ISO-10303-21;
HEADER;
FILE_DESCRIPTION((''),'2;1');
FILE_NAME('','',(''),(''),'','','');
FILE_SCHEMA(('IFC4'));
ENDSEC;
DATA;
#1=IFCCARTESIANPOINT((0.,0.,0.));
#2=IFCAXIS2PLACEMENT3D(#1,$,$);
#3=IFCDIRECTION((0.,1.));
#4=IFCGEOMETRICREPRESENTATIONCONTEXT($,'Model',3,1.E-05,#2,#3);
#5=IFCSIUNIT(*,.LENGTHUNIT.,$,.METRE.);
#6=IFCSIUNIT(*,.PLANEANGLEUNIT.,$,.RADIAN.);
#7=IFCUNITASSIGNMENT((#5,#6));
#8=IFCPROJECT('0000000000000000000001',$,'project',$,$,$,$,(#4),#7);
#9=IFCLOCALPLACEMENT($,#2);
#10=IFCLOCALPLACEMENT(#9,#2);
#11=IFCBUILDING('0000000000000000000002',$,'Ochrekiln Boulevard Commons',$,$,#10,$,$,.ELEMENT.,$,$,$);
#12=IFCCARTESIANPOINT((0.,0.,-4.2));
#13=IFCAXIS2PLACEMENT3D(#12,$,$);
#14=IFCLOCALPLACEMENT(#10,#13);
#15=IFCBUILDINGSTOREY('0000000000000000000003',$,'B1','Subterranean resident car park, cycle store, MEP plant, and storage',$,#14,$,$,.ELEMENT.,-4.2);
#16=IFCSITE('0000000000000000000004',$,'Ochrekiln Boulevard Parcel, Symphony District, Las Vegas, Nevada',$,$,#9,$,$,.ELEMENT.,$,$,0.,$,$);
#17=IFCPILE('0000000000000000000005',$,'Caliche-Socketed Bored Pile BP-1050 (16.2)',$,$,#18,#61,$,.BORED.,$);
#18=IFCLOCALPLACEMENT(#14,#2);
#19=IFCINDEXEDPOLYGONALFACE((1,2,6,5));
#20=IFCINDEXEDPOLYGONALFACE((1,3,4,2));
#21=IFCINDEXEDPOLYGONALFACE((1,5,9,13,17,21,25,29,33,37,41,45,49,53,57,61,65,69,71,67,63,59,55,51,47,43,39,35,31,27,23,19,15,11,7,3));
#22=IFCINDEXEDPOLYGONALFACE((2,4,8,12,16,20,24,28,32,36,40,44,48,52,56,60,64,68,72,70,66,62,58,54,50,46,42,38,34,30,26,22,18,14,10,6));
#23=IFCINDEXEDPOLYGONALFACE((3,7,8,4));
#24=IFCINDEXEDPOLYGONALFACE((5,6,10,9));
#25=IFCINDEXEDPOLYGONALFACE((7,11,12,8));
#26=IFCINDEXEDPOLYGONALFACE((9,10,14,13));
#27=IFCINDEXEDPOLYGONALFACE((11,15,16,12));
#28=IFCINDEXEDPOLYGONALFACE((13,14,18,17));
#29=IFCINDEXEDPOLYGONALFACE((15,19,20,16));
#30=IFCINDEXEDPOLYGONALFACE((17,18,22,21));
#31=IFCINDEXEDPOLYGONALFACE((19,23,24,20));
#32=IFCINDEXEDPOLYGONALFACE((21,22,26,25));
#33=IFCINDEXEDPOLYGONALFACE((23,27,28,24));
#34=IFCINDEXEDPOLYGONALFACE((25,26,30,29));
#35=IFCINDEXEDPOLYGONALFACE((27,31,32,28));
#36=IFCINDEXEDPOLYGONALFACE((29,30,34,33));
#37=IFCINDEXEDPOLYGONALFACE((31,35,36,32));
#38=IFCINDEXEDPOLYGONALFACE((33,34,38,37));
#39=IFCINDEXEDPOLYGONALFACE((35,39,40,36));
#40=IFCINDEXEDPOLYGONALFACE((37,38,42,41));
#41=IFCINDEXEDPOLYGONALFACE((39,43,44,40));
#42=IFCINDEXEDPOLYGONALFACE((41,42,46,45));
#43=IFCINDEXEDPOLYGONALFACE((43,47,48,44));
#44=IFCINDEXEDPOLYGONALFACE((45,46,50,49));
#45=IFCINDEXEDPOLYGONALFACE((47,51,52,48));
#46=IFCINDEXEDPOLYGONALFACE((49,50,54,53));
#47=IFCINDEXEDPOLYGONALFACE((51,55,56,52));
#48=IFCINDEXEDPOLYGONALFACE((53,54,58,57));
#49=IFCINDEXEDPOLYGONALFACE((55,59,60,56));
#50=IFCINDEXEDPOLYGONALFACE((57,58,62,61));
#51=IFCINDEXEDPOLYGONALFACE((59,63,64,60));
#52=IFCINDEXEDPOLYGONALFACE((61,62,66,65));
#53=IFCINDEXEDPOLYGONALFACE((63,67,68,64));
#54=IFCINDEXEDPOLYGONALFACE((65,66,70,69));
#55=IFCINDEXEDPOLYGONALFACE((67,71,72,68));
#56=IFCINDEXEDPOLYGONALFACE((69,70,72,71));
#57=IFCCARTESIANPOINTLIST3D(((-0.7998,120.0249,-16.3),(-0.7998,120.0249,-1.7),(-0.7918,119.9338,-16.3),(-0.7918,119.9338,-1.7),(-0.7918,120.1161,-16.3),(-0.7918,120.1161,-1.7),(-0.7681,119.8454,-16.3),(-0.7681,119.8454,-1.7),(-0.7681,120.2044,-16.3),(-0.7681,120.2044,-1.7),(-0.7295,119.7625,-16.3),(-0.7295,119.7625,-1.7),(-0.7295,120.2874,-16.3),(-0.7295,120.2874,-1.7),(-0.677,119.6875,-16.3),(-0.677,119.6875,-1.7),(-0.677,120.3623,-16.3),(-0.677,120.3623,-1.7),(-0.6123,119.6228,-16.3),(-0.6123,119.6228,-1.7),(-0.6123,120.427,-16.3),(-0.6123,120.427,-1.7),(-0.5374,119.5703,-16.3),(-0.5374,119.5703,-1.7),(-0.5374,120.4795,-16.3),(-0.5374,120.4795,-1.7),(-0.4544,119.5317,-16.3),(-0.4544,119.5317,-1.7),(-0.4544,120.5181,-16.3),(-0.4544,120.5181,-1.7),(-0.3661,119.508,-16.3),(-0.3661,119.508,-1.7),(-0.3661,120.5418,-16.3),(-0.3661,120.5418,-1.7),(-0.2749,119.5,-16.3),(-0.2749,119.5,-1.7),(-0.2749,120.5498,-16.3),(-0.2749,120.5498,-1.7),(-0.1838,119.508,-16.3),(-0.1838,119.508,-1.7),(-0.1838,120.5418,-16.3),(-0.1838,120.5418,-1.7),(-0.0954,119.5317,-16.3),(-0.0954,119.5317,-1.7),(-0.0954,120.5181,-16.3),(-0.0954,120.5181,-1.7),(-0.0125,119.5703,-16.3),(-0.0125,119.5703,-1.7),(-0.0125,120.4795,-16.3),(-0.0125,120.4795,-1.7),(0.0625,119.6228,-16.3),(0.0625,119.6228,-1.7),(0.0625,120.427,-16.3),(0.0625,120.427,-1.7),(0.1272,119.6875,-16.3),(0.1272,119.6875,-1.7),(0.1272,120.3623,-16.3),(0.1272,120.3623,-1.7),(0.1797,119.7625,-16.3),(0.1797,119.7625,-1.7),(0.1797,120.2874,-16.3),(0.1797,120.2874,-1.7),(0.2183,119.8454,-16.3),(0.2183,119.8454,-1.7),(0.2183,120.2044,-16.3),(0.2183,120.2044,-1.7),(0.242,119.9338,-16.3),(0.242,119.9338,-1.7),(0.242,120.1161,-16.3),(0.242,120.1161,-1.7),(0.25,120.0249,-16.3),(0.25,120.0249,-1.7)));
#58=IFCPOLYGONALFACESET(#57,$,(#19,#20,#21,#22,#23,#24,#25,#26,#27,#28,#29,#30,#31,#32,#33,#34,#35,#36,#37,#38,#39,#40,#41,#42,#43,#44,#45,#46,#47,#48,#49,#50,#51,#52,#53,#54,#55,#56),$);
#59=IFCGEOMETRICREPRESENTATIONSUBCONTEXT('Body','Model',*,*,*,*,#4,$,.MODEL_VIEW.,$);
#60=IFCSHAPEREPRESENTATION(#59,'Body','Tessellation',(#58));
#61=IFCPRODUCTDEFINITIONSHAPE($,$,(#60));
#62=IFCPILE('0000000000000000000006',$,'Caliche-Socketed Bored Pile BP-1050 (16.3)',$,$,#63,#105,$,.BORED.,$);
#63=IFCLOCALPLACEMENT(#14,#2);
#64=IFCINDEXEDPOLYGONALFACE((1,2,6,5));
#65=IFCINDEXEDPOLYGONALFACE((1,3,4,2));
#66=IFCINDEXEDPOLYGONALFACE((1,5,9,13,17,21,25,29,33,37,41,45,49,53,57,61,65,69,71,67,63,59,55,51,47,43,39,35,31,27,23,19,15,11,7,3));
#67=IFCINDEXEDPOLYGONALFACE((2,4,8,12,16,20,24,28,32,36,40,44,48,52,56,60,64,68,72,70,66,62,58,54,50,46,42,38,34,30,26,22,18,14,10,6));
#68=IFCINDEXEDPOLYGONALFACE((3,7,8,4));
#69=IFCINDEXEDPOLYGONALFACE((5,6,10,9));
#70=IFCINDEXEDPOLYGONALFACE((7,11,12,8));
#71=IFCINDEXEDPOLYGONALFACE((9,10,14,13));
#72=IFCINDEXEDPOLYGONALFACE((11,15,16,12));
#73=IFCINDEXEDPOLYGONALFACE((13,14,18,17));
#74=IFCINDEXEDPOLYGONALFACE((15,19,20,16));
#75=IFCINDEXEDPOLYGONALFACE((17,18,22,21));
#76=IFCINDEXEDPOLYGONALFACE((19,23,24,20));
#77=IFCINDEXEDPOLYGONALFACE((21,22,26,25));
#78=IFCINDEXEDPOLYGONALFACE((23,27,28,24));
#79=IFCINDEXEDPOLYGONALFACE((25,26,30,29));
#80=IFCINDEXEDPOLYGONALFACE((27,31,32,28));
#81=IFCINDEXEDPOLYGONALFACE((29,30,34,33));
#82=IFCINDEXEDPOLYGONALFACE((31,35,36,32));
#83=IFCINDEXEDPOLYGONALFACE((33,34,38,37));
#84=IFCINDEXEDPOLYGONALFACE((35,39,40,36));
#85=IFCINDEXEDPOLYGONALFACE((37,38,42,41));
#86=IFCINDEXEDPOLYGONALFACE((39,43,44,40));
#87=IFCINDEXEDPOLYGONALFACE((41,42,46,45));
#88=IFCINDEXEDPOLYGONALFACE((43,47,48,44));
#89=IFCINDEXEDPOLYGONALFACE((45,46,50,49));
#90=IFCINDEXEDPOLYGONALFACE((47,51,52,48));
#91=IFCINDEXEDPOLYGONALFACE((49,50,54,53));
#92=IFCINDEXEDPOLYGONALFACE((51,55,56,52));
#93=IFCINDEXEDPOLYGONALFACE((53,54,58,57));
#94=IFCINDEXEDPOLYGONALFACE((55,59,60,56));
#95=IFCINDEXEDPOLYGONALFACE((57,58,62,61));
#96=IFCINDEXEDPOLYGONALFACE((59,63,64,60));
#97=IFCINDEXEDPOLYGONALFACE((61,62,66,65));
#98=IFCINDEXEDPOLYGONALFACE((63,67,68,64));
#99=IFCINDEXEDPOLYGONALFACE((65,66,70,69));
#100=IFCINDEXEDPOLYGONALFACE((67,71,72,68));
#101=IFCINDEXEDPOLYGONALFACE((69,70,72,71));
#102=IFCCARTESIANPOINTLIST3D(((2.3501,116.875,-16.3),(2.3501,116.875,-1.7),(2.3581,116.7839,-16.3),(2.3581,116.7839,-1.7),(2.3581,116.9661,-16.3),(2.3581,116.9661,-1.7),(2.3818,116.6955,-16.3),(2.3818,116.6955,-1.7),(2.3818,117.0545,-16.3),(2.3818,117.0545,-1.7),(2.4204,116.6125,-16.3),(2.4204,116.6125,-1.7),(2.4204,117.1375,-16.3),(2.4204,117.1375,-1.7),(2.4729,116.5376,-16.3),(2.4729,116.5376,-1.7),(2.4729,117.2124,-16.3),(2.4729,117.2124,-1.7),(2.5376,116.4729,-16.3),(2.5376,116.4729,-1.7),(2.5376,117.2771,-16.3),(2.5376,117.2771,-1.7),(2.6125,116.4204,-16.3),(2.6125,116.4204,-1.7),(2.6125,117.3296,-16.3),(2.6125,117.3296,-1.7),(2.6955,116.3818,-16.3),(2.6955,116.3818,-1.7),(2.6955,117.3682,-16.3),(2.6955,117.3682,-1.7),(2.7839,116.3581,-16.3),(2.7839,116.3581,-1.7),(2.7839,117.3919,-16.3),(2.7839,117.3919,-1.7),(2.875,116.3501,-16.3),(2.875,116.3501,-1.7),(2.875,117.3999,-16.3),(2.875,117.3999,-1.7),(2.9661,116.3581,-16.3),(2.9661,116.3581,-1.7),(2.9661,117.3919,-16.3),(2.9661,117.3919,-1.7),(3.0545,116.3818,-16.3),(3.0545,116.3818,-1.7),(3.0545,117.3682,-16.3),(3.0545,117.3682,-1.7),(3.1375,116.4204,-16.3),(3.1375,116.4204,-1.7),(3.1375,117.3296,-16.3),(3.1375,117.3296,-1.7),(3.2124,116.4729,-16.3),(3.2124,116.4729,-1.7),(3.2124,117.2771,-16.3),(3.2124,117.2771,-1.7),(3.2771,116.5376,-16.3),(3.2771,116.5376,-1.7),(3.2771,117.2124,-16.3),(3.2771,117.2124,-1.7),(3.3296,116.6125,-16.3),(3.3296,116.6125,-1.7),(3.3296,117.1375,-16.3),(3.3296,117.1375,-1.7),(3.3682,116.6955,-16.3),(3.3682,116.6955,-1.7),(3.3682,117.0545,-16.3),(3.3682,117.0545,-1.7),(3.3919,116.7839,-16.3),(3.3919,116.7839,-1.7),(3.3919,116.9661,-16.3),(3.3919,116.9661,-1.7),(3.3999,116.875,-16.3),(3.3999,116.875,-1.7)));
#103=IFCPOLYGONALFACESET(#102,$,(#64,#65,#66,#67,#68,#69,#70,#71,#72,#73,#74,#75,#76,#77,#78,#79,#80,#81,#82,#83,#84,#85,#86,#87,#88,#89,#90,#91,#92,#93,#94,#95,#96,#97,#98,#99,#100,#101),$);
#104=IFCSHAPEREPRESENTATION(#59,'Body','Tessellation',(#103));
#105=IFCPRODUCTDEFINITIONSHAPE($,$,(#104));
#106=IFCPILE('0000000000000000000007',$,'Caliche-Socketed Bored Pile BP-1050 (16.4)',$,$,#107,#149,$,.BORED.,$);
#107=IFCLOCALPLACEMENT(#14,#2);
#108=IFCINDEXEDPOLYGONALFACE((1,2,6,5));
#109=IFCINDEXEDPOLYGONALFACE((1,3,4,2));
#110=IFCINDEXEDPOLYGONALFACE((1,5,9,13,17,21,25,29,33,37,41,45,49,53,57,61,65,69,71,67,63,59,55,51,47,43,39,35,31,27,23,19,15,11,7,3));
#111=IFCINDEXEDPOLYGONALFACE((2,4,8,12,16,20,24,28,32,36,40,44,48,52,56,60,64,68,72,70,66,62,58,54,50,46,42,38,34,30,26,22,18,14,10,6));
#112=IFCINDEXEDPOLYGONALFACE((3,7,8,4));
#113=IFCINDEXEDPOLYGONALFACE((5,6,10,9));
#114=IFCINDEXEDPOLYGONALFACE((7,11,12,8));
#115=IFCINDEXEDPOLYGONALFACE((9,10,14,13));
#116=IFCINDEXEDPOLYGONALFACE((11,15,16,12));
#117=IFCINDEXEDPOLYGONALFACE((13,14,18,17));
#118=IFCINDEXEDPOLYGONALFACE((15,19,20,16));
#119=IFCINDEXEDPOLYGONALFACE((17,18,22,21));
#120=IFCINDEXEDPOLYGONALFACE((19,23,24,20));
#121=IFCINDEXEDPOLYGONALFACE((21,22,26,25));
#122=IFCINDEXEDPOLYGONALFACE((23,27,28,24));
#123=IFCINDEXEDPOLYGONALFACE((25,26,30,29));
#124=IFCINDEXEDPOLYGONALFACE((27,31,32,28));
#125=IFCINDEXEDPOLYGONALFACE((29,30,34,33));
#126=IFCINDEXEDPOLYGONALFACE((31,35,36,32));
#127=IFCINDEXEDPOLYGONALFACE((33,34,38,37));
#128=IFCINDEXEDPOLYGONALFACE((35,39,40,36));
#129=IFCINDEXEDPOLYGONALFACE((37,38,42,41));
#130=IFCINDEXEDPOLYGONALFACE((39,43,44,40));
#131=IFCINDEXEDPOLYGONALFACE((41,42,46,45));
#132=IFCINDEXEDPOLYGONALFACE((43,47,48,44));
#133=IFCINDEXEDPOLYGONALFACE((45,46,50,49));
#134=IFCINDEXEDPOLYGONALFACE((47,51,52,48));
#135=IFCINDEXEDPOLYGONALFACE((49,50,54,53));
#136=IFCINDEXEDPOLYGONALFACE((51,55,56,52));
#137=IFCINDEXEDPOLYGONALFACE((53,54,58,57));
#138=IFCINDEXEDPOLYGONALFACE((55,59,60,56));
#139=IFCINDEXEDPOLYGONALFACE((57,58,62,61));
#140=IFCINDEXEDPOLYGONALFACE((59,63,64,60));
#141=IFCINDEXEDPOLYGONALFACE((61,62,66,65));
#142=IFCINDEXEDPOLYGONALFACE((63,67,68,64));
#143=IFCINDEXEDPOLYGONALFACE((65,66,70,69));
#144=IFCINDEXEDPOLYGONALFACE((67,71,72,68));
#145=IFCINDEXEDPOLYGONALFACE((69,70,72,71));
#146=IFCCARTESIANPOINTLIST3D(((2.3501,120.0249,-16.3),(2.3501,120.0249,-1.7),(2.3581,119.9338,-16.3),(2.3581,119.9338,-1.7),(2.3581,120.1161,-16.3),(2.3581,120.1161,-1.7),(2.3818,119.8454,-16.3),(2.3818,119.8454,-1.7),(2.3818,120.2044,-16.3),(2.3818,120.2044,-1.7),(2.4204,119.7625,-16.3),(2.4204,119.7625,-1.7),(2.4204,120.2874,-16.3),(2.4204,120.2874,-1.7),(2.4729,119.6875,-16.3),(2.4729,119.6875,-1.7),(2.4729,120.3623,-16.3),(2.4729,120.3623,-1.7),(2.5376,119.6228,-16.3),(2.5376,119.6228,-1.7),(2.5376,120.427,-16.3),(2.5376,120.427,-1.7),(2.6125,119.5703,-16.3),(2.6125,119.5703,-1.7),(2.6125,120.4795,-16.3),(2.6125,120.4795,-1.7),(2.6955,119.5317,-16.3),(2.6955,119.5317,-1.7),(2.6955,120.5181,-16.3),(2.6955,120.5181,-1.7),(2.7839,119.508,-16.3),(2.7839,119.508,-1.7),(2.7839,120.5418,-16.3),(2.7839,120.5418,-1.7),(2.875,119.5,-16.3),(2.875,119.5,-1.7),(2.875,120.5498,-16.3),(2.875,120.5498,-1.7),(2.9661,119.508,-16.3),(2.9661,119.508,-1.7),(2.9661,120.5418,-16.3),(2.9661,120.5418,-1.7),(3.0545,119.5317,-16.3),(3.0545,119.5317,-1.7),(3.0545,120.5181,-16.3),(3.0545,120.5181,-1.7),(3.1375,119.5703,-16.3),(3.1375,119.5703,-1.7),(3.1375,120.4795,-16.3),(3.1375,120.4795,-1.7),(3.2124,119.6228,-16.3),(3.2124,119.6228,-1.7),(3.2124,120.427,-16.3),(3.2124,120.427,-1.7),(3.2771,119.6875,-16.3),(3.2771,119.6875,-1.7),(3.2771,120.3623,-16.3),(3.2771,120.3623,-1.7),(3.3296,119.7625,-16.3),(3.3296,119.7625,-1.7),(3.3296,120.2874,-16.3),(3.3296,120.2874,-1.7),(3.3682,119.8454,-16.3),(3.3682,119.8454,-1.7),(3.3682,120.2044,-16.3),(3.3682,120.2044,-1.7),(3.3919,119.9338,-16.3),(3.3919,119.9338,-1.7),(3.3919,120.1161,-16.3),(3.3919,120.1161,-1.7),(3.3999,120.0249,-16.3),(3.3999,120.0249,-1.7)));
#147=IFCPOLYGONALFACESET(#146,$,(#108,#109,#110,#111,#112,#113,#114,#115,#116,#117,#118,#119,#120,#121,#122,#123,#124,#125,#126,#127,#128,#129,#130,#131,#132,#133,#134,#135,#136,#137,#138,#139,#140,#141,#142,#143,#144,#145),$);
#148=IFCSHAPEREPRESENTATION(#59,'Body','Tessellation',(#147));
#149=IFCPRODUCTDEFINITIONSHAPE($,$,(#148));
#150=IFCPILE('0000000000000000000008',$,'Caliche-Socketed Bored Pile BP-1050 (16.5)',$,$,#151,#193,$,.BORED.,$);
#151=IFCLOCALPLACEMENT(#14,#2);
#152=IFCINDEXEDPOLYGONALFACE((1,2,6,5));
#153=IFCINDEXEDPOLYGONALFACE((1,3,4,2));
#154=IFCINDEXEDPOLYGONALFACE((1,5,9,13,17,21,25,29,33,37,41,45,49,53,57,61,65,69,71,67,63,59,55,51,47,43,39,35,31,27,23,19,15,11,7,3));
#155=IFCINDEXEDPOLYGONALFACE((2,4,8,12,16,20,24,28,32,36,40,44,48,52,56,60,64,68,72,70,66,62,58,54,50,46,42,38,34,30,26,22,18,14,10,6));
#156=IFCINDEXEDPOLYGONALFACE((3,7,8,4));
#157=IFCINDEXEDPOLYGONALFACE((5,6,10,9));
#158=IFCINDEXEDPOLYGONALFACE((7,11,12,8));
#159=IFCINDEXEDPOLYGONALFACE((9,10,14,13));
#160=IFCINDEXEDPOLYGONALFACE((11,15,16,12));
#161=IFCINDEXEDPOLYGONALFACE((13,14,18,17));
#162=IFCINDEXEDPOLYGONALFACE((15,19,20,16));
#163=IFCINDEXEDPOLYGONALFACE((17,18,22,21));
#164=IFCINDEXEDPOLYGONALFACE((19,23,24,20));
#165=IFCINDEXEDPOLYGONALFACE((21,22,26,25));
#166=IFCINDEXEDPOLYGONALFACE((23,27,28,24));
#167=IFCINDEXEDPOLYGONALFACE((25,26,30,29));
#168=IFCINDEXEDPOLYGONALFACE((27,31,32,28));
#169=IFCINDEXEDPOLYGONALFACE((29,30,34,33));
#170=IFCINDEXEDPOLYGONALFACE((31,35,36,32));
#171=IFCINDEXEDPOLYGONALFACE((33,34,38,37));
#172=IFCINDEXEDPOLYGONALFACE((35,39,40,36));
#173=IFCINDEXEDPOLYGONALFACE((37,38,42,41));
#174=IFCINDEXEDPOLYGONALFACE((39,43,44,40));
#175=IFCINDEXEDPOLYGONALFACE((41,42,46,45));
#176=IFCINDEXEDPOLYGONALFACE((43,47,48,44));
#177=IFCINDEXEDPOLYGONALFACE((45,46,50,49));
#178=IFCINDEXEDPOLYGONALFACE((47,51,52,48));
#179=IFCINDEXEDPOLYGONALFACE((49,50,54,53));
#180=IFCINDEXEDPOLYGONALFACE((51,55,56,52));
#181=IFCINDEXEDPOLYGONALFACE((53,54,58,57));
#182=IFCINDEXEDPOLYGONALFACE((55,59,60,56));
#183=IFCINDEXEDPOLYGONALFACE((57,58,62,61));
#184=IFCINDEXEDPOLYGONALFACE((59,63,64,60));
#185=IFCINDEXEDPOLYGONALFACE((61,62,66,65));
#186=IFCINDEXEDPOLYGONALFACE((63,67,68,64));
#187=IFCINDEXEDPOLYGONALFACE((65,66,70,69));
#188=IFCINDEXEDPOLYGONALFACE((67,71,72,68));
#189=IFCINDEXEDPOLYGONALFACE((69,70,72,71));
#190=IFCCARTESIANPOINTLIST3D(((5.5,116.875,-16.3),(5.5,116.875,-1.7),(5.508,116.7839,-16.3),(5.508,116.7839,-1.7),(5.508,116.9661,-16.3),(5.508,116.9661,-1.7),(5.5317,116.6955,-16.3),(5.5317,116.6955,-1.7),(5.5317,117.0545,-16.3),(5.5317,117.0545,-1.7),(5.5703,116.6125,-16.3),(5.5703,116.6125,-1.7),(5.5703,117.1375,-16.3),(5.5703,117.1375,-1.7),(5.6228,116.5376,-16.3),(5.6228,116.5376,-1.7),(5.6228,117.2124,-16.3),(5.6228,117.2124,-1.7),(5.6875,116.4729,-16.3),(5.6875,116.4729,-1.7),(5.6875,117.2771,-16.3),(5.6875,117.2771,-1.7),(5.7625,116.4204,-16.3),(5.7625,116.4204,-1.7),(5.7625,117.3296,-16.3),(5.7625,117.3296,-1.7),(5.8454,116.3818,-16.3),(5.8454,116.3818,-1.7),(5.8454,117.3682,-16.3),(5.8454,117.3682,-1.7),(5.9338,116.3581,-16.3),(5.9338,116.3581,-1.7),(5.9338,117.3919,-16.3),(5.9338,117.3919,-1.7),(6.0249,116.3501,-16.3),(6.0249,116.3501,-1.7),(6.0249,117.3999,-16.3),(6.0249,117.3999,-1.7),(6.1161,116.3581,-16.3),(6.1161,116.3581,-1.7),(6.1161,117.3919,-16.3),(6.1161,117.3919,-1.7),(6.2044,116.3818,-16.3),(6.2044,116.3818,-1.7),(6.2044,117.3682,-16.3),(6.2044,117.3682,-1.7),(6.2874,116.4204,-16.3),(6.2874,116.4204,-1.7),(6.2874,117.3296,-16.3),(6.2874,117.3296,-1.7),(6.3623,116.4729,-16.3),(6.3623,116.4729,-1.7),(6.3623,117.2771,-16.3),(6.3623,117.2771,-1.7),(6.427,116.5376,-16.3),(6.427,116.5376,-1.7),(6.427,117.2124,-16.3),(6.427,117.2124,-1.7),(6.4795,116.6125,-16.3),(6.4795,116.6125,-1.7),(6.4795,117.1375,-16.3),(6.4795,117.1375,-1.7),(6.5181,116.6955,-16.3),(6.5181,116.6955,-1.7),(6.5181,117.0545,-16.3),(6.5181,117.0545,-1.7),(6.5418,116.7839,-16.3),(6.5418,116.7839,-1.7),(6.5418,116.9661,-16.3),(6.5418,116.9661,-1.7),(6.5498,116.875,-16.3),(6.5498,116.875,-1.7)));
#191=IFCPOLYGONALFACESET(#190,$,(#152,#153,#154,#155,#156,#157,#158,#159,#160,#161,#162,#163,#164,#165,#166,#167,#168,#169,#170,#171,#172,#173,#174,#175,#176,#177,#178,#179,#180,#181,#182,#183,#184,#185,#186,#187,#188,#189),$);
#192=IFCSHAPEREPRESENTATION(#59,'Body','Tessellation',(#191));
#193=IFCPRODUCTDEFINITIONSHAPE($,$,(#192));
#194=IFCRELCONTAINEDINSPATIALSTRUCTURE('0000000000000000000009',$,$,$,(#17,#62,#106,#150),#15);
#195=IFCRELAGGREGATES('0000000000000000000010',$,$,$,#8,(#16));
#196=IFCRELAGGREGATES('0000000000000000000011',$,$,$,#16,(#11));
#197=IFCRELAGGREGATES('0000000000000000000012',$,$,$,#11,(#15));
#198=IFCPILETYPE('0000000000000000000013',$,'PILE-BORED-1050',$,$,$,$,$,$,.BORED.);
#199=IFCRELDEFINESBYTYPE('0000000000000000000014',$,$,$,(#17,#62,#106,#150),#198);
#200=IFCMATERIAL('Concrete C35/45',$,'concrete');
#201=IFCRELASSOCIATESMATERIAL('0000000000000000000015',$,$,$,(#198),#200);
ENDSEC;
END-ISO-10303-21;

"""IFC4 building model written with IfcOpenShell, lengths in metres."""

from ifc_helpers import new_model, si_unit, direction, frame, origin, origin_2d, place, context, subcontext, project, spatial, circle, extrude, material, material_profile, profile_set, type_object, element, save


model = new_model("IFC4")

# Units and contexts
model_context = context("Model", 3, precision=1e-05, world=origin(), true_north=direction((0.0, 1.0)))
body_context = subcontext(model_context, "Body", "Model", "MODEL_VIEW")
ifc_project = project(units=[si_unit("LENGTHUNIT", "METRE"), si_unit("PLANEANGLEUNIT", "RADIAN")], contexts=[model_context])

# Site, building, storey
site_placement = place(None, origin())
site = spatial("IfcSite", under=ifc_project, at=site_placement, Name="Ochrekiln Boulevard Parcel, Symphony District, Las Vegas, Nevada", CompositionType="ELEMENT", RefElevation=0.0)
building_placement = place(site_placement, origin())
building = spatial("IfcBuilding", under=site, at=building_placement, Name="Ochrekiln Boulevard Commons", CompositionType="ELEMENT")
storey_placement = place(building_placement, frame((0.0, 0.0, -4.2)))
storey = spatial("IfcBuildingStorey", under=building, at=storey_placement, Name="B1", Description="Subterranean resident car park, cycle store, MEP plant, and storage", CompositionType="ELEMENT", Elevation=-4.2)

# Shared definitions
ifc_material_1 = material(Name="Concrete C35/45", Category="concrete")

# Piles
ifc_material_profile_1 = material_profile(ifc_material_1, circle(Radius=0.5249, at=origin_2d()), Name="PILE-D1050")
ifc_profile_set_1 = profile_set([ifc_material_profile_1], Name="Concrete C35/45")
pile_type = type_object("IfcPileType", Name="PILE-BORED-1050", PredefinedType="BORED", material=ifc_profile_set_1)
for number, where, z_axis, x_axis, name in (
    (1, (-0.2749, 120.0249, -1.7), (0.0, 0.0, -1.0), (1.0, 0.0, 0.0), "Caliche-Socketed Bored Pile BP-1050 (16.2)"),
    (2, (2.875, 116.875, -1.7), (0.0, 0.0, -1.0), (1.0, 0.0, 0.0), "Caliche-Socketed Bored Pile BP-1050 (16.3)"),
    (3, (2.875, 120.0249, -1.7), (0.0, 0.0, -1.0), (1.0, 0.0, 0.0), "Caliche-Socketed Bored Pile BP-1050 (16.4)"),
    (4, (6.0249, 116.875, -1.7), (0.0, 0.0, -1.0), (1.0, 0.0, 0.0), "Caliche-Socketed Bored Pile BP-1050 (16.5)"),
):
    element("IfcPile", number, at=place(storey_placement, frame(where, z_axis=z_axis, x_axis=x_axis)), inside=storey, type_object=pile_type, Name=name, PredefinedType="BORED", context=body_context, shape_type="SweptSolid", body=[
        extrude(circle(Radius=0.5249, at=origin_2d()), origin(), (0.0, 0.0, 1.0), 14.6001),
    ])

save(model, "model.ifc")
